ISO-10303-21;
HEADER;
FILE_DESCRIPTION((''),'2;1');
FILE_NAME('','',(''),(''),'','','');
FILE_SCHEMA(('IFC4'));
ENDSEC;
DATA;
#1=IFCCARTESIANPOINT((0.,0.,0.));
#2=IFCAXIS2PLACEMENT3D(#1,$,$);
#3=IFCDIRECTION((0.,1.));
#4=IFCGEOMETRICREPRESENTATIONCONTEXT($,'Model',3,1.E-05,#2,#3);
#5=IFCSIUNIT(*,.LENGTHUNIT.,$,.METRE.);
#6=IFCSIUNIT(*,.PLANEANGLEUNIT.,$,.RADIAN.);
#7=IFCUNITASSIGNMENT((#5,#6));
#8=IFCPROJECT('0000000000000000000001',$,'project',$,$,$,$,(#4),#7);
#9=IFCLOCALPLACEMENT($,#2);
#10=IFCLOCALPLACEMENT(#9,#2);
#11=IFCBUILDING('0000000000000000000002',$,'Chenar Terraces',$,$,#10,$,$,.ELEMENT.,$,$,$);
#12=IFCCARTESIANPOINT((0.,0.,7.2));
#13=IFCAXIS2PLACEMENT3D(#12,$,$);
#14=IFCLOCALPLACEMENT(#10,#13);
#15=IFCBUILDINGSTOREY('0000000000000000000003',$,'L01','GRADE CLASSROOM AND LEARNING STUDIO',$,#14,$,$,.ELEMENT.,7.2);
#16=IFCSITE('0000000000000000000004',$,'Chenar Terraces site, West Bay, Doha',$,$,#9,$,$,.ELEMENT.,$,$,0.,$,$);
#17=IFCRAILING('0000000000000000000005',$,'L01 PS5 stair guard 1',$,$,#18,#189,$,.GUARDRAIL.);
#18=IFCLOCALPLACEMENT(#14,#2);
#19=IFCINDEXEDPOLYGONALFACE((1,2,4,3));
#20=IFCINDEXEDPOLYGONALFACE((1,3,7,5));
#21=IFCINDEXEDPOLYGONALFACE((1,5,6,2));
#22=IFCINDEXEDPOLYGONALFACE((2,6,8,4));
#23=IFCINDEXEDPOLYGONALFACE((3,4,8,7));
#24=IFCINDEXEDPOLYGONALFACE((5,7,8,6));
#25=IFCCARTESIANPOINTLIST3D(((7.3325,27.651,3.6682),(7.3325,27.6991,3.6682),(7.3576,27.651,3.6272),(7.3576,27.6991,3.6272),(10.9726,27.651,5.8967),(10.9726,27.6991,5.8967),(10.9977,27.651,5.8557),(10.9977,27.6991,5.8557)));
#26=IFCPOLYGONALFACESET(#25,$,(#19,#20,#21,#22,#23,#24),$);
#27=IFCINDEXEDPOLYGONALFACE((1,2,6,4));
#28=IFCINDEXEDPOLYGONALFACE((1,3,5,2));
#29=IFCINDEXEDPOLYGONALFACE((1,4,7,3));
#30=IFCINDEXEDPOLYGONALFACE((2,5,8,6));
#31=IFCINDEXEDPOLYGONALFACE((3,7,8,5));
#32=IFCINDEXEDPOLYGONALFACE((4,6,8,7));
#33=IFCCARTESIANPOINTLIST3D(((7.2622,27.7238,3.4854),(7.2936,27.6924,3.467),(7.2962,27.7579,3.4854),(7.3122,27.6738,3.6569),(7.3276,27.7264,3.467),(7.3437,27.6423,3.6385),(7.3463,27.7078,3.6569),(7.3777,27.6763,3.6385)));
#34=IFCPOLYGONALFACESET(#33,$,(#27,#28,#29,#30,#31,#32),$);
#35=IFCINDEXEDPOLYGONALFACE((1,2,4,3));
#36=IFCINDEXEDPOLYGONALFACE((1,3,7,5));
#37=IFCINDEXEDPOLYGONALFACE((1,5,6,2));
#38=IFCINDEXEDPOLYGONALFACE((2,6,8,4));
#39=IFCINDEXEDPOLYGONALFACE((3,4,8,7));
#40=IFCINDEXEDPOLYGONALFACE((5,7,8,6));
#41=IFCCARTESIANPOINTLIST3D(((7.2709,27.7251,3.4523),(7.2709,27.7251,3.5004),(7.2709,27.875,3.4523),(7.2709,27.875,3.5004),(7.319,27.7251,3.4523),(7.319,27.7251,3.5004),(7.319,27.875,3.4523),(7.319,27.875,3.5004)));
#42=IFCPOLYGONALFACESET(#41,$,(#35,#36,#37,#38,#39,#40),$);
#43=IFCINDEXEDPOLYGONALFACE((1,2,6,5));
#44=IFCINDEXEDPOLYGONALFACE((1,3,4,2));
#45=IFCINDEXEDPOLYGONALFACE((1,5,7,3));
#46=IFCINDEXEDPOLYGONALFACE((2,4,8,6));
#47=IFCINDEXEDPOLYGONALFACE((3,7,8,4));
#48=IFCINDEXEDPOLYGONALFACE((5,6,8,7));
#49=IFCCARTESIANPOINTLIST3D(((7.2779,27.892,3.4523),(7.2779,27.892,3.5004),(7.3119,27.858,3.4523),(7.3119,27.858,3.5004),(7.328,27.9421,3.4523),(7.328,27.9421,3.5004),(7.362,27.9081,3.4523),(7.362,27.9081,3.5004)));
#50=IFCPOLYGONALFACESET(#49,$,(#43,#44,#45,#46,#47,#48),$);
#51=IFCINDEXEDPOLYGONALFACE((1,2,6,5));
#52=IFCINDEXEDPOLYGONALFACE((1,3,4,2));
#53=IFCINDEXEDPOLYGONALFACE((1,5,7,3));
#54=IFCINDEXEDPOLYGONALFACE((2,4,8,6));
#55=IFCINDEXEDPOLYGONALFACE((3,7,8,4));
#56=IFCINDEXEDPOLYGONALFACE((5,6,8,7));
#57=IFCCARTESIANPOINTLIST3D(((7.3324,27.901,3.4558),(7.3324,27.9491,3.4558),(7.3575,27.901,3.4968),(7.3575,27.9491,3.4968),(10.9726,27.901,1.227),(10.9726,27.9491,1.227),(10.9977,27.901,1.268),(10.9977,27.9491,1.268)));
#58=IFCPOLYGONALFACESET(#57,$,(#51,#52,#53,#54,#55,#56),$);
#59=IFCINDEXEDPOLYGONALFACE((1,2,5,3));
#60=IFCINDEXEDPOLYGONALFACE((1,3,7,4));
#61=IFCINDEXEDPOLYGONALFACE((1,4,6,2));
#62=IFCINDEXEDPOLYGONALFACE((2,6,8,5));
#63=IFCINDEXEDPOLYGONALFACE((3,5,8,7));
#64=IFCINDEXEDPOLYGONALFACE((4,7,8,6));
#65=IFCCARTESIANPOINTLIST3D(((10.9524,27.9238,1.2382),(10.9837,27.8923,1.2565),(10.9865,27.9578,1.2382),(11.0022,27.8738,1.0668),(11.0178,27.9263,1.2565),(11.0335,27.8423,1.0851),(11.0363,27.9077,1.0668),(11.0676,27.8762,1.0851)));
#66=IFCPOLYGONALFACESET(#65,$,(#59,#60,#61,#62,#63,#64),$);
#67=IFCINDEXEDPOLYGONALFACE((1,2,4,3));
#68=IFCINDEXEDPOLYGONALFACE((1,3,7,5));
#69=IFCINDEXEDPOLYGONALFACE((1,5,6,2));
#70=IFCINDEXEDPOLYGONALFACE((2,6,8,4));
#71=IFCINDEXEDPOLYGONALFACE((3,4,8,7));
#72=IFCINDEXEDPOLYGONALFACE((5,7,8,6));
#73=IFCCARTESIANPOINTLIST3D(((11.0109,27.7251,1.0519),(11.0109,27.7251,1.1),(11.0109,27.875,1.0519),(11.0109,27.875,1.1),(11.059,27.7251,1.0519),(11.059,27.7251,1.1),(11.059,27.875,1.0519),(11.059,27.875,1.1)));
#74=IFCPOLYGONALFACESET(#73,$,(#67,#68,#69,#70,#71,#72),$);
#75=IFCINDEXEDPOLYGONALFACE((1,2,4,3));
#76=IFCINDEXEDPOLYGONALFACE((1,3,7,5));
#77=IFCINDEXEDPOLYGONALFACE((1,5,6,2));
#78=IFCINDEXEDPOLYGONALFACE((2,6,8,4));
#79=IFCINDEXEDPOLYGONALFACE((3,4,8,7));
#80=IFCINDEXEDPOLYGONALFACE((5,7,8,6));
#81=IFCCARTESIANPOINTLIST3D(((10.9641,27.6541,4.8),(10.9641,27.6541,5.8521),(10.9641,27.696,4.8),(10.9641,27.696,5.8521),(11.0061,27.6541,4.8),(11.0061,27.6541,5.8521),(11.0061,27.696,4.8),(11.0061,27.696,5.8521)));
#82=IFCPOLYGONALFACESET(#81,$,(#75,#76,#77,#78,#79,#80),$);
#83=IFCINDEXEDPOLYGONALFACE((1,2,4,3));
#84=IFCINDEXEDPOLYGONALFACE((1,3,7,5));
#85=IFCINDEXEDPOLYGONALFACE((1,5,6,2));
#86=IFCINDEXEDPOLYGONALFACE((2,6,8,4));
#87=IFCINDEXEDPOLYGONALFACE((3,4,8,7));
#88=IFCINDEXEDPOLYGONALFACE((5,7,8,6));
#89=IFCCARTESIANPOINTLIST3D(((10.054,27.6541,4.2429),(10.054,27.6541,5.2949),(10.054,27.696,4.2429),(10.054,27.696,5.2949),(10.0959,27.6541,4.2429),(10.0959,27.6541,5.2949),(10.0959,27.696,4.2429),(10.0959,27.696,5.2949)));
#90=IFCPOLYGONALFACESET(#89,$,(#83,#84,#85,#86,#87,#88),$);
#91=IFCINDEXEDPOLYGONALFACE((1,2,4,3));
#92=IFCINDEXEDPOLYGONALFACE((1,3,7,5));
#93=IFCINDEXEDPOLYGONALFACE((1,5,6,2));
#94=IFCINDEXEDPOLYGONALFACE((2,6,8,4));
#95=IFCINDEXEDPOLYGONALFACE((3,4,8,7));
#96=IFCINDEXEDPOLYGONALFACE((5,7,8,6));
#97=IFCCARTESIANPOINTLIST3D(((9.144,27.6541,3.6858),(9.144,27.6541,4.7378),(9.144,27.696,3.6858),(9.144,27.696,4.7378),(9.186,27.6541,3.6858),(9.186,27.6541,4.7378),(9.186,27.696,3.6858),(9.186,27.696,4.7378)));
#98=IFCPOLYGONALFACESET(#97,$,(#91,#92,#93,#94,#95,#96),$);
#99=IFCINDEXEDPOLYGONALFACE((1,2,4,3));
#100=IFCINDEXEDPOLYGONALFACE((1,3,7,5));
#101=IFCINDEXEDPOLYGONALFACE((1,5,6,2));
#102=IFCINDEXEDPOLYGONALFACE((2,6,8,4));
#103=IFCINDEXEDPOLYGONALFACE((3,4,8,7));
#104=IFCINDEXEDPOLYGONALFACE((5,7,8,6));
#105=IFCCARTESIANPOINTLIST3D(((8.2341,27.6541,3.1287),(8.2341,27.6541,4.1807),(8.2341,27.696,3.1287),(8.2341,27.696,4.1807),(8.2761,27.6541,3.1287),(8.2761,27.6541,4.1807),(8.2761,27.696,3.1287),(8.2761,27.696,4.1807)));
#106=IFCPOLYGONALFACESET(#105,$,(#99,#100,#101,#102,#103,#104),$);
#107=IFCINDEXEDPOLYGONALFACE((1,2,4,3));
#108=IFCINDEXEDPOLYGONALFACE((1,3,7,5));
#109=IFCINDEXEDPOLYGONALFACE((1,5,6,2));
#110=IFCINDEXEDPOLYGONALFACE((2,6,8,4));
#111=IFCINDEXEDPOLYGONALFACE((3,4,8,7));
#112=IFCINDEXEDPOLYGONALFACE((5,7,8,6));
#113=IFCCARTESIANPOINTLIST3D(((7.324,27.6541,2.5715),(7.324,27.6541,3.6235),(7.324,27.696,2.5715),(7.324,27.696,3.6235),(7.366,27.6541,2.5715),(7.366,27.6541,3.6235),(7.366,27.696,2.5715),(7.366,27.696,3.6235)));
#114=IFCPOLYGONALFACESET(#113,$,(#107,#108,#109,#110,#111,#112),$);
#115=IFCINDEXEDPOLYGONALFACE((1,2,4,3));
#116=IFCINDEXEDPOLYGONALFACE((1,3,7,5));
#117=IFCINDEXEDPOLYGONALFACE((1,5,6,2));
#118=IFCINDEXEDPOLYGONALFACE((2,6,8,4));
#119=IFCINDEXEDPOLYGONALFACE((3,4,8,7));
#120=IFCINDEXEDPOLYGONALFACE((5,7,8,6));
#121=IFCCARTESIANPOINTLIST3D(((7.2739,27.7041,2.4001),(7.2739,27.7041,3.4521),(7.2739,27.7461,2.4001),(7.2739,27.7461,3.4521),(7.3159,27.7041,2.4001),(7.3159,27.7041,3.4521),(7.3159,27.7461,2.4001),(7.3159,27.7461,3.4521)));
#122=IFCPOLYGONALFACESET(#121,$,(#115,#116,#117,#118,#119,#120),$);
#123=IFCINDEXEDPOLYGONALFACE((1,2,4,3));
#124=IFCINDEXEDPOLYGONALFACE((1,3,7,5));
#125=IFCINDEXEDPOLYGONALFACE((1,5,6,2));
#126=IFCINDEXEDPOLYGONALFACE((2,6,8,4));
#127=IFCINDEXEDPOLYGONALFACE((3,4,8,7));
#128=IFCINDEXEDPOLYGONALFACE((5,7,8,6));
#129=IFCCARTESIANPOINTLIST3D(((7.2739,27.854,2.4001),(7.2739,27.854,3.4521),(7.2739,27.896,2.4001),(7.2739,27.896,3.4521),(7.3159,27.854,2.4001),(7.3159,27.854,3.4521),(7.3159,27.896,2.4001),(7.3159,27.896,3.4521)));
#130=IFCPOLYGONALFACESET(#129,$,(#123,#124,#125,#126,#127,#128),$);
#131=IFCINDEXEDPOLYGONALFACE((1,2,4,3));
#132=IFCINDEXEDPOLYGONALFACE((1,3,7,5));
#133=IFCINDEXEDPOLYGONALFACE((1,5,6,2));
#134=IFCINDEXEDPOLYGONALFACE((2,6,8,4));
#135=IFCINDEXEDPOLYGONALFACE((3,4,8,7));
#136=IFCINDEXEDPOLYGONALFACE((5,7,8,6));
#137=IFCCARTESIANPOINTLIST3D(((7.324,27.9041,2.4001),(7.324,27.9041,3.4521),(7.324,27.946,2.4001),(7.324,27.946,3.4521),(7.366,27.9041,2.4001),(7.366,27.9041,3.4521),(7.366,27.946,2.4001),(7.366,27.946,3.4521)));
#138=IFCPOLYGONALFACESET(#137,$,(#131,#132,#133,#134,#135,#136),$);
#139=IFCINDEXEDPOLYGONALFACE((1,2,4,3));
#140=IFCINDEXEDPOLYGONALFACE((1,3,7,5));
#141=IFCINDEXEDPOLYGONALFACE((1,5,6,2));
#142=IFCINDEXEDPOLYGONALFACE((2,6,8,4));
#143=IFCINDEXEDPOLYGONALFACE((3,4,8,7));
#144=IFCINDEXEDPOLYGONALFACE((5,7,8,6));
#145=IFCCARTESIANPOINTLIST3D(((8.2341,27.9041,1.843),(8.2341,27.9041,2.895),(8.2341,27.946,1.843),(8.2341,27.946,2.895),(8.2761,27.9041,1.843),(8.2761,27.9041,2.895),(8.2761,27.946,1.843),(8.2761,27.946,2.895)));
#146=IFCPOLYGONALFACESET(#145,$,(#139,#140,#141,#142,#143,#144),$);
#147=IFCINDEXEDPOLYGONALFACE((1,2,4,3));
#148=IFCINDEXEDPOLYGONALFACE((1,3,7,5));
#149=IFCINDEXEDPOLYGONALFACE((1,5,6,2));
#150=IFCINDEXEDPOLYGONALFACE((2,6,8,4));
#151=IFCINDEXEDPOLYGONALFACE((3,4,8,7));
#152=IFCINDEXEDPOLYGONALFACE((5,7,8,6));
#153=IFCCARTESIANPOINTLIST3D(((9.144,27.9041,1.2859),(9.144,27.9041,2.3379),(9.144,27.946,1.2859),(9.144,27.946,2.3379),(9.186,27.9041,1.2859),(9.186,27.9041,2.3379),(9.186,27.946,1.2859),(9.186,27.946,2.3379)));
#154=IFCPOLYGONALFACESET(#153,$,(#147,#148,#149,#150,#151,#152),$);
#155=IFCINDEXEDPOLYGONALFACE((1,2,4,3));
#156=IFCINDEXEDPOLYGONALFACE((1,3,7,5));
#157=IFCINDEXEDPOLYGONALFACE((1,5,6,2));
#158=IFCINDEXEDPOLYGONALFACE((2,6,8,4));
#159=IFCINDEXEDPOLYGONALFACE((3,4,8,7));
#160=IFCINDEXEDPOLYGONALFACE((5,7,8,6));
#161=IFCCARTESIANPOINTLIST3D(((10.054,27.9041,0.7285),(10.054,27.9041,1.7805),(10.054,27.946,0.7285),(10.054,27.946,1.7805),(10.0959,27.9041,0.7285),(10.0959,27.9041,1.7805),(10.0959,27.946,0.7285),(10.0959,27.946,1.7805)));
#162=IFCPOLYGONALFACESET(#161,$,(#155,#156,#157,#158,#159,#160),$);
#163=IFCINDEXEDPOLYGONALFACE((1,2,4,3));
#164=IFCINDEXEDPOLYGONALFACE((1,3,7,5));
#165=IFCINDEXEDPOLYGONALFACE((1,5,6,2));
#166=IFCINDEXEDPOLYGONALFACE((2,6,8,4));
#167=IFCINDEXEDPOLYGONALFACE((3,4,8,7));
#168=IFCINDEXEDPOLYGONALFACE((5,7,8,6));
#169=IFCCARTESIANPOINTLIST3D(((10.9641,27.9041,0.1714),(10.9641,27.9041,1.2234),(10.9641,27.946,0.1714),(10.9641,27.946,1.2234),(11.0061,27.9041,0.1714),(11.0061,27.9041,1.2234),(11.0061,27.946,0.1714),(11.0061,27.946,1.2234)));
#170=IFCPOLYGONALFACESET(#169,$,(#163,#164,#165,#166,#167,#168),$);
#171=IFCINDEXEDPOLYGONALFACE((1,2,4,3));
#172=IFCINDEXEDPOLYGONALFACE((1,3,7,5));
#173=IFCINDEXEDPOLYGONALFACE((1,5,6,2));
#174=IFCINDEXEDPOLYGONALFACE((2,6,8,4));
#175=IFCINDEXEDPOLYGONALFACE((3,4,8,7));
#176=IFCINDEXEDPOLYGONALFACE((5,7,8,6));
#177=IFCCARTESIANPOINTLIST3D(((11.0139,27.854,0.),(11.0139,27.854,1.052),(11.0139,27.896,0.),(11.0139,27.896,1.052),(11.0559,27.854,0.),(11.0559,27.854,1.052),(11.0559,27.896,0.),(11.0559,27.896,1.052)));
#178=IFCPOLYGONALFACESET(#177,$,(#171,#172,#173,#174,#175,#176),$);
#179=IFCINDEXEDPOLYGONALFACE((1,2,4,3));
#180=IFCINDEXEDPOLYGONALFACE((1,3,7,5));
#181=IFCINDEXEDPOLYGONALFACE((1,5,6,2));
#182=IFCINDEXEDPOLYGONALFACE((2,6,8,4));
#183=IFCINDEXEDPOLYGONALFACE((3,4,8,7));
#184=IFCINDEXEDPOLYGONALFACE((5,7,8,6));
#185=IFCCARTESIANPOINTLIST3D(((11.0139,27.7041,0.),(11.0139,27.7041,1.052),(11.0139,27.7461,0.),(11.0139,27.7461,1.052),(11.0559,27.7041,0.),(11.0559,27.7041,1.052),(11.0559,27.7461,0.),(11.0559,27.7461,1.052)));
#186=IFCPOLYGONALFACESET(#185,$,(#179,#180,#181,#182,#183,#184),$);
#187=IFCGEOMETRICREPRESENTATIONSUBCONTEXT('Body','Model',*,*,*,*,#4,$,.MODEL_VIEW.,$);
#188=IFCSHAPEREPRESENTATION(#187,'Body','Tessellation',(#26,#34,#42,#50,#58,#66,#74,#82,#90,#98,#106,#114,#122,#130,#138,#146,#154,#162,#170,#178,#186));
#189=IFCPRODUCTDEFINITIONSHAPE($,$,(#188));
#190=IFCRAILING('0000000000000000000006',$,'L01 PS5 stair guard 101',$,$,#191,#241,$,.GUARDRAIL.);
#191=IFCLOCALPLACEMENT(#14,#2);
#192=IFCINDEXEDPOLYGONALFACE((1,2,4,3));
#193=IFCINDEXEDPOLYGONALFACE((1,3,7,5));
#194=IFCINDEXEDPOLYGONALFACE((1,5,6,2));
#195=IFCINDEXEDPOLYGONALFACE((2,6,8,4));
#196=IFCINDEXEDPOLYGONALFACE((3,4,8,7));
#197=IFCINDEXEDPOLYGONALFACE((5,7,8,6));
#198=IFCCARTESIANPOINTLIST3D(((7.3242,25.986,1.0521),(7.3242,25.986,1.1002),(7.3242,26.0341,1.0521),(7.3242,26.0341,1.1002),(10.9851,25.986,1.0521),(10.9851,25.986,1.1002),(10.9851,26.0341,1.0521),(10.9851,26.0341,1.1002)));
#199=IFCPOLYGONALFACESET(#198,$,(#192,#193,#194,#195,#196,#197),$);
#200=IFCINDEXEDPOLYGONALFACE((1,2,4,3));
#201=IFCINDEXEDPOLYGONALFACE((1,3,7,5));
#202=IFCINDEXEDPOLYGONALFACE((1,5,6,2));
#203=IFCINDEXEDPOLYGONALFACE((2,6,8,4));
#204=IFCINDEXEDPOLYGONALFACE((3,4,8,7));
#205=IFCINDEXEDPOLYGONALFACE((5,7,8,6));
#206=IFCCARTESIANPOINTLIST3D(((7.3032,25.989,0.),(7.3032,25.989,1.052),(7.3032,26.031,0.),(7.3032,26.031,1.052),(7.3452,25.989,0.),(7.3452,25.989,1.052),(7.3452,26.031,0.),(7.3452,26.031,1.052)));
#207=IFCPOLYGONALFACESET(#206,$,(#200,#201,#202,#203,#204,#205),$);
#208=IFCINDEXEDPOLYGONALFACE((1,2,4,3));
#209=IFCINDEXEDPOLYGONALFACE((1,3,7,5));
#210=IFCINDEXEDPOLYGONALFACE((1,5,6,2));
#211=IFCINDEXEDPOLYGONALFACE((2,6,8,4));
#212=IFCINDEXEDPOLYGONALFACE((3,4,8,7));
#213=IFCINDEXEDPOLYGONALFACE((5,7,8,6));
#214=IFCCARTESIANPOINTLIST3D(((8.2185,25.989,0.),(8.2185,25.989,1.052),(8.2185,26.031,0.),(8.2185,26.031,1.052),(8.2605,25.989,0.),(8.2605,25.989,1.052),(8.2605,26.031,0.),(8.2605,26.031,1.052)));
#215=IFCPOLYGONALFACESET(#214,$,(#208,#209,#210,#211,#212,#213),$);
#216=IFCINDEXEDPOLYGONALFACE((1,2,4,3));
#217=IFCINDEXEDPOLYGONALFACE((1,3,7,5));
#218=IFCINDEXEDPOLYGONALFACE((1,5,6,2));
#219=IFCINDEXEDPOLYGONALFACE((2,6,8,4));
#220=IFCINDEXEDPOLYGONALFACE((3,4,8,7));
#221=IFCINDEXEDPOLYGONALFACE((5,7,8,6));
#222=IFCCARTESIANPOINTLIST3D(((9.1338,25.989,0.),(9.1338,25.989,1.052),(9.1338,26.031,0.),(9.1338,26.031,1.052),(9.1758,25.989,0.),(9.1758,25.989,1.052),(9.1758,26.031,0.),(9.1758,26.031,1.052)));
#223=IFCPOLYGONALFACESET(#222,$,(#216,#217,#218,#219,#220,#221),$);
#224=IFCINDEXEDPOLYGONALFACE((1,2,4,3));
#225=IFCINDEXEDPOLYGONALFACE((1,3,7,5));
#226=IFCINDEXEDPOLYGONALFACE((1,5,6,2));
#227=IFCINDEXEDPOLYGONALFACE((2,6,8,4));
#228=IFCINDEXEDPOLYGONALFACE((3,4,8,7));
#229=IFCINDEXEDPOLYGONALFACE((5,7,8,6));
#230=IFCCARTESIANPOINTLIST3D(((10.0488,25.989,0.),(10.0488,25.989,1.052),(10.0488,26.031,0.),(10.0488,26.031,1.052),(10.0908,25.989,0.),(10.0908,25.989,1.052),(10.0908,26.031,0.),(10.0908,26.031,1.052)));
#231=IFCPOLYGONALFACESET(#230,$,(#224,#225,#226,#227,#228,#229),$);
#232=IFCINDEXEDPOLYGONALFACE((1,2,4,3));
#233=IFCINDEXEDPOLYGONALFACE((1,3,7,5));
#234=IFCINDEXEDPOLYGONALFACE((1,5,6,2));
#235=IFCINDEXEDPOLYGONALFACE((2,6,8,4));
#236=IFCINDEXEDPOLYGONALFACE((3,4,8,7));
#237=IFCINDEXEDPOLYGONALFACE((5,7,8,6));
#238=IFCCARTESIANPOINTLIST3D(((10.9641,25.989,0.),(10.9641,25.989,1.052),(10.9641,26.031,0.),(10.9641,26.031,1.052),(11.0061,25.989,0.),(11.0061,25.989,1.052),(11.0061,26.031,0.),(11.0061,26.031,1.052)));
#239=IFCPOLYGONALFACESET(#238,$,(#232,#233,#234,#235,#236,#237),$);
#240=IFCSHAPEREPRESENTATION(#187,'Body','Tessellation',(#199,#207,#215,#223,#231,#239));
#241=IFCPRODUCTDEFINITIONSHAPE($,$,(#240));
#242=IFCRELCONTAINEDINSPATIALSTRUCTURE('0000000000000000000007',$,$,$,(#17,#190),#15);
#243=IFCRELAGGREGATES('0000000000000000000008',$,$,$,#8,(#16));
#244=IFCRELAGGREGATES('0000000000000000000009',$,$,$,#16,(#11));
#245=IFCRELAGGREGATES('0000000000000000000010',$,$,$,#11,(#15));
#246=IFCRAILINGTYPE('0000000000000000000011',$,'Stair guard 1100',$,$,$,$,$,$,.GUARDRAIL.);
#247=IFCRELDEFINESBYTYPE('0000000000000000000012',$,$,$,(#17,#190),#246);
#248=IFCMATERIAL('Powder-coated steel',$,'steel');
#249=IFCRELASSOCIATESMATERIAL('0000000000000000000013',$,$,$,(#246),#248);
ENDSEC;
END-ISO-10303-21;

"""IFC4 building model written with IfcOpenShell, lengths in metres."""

from ifc_helpers import new_model, si_unit, direction, frame, origin, origin_2d, place, context, subcontext, project, spatial, rectangle, extrude, material, type_object, element, save


model = new_model("IFC4")

# Units and contexts
model_context = context("Model", 3, precision=1e-05, world=origin(), true_north=direction((0.0, 1.0)))
body_context = subcontext(model_context, "Body", "Model", "MODEL_VIEW")
ifc_project = project(units=[si_unit("LENGTHUNIT", "METRE"), si_unit("PLANEANGLEUNIT", "RADIAN")], contexts=[model_context])

# Site, building, storey
site_placement = place(None, origin())
site = spatial("IfcSite", under=ifc_project, at=site_placement, Name="Chenar Terraces site, West Bay, Doha", CompositionType="ELEMENT", RefElevation=0.0)
building_placement = place(site_placement, origin())
building = spatial("IfcBuilding", under=site, at=building_placement, Name="Chenar Terraces", CompositionType="ELEMENT")
storey_placement = place(building_placement, frame((0.0, 0.0, 7.2)))
storey = spatial("IfcBuildingStorey", under=building, at=storey_placement, Name="L01", Description="GRADE CLASSROOM AND LEARNING STUDIO", CompositionType="ELEMENT", Elevation=7.2)

# Railings
ifc_material_1 = material(Name="Powder-coated steel", Category="steel")
railing_type_1 = type_object("IfcRailingType", Name="Stair guard 1100", PredefinedType="GUARDRAIL", material=ifc_material_1)
railing_1_placement = place(storey_placement, frame((10.9851, 27.675, 4.8)))
element("IfcRailing", 1, at=railing_1_placement, inside=storey, type_object=railing_type_1, Name="L01 PS5 stair guard 1", PredefinedType="GUARDRAIL", context=body_context, shape_type="SweptSolid", body=[
    extrude(rectangle(XDim=0.0481, YDim=0.0481, at=origin_2d()), frame((0.0, 0.0, 1.0762), z_axis=(-0.852866, 0.0, -0.52213), x_axis=(0.0, -1.0, 0.0)), (0.0, 0.0, 1.0), 4.2681),
    extrude(rectangle(XDim=0.0481, YDim=0.0481, at=origin_2d()), frame((-3.6401, 0.0, -1.1523), z_axis=(-0.269911, 0.269911, -0.924281), x_axis=(-0.707107, -0.707107, 0.0)), (0.0, 0.0, 1.0), 0.1855),
    extrude(rectangle(XDim=0.0481, YDim=0.0481, at=origin_2d()), frame((-3.6902, 0.05, -1.3237), z_axis=(0.0, 1.0, 0.0), x_axis=(-1.0, 0.0, 0.0)), (0.0, 0.0, 1.0), 0.1499),
    extrude(rectangle(XDim=0.0481, YDim=0.0481, at=origin_2d()), frame((-3.6902, 0.2, -1.3237), z_axis=(0.707107, 0.707107, 0.0), x_axis=(-0.707107, 0.707107, 0.0)), (0.0, 0.0, 1.0), 0.0708),
    extrude(rectangle(XDim=0.0481, YDim=0.0481, at=origin_2d()), frame((-3.6401, 0.25, -1.3237), z_axis=(0.85284, 0.0, -0.522172), x_axis=(0.0, 1.0, 0.0)), (0.0, 0.0, 1.0), 4.2683),
    extrude(rectangle(XDim=0.0481, YDim=0.0481, at=origin_2d()), frame((0.0, 0.25, -3.5527), z_axis=(0.26869, -0.270007, -0.924609), x_axis=(0.708834, 0.705376, 0.0)), (0.0, 0.0, 1.0), 0.1853),
    extrude(rectangle(XDim=0.0481, YDim=0.0481, at=origin_2d()), frame((0.0498, 0.2, -3.7241), z_axis=(0.0, -1.0, 0.0), x_axis=(1.0, 0.0, 0.0)), (0.0, 0.0, 1.0), 0.1499),
    extrude(rectangle(XDim=0.042, YDim=0.042, at=origin_2d()), origin(), (0.0, 0.0, 1.0), 1.052),
    extrude(rectangle(XDim=0.042, YDim=0.042, at=origin_2d()), frame((-0.9102, 0.0, -0.5571)), (0.0, 0.0, 1.0), 1.052),
    extrude(rectangle(XDim=0.042, YDim=0.042, at=origin_2d()), frame((-1.8201, 0.0, -1.1143)), (0.0, 0.0, 1.0), 1.052),
    extrude(rectangle(XDim=0.042, YDim=0.042, at=origin_2d()), frame((-2.73, 0.0, -1.6714)), (0.0, 0.0, 1.0), 1.052),
    extrude(rectangle(XDim=0.042, YDim=0.042, at=origin_2d()), frame((-3.6401, 0.0, -2.2285)), (0.0, 0.0, 1.0), 1.052),
    extrude(rectangle(XDim=0.042, YDim=0.042, at=origin_2d()), frame((-3.6902, 0.05, -2.3999)), (0.0, 0.0, 1.0), 1.052),
    extrude(rectangle(XDim=0.042, YDim=0.042, at=origin_2d()), frame((-3.6902, 0.2, -2.3999)), (0.0, 0.0, 1.0), 1.052),
    extrude(rectangle(XDim=0.042, YDim=0.042, at=origin_2d()), frame((-3.6401, 0.25, -2.3999)), (0.0, 0.0, 1.0), 1.052),
    extrude(rectangle(XDim=0.042, YDim=0.042, at=origin_2d()), frame((-2.73, 0.25, -2.957)), (0.0, 0.0, 1.0), 1.052),
    extrude(rectangle(XDim=0.042, YDim=0.042, at=origin_2d()), frame((-1.8201, 0.25, -3.5142)), (0.0, 0.0, 1.0), 1.052),
    extrude(rectangle(XDim=0.042, YDim=0.042, at=origin_2d()), frame((-0.9102, 0.25, -4.0715)), (0.0, 0.0, 1.0), 1.052),
    extrude(rectangle(XDim=0.042, YDim=0.042, at=origin_2d()), frame((0.0, 0.25, -4.6287)), (0.0, 0.0, 1.0), 1.052),
    extrude(rectangle(XDim=0.042, YDim=0.042, at=origin_2d()), frame((0.0498, 0.2, -4.8)), (0.0, 0.0, 1.0), 1.052),
    extrude(rectangle(XDim=0.042, YDim=0.042, at=origin_2d()), frame((0.0498, 0.05, -4.8)), (0.0, 0.0, 1.0), 1.052),
])
railing_2_placement = place(storey_placement, frame((7.3242, 26.01, 0.0)))
element("IfcRailing", 2, at=railing_2_placement, inside=storey, type_object=railing_type_1, Name="L01 PS5 stair guard 101", PredefinedType="GUARDRAIL", context=body_context, shape_type="SweptSolid", body=[
    extrude(rectangle(XDim=0.0481, YDim=0.0481, at=origin_2d()), frame((0.0, 0.0, 1.0762), z_axis=(1.0, 0.0, 0.0), x_axis=(0.0, 1.0, 0.0)), (0.0, 0.0, 1.0), 3.6609),
    extrude(rectangle(XDim=0.042, YDim=0.042, at=origin_2d()), origin(), (0.0, 0.0, 1.0), 1.052),
    extrude(rectangle(XDim=0.042, YDim=0.042, at=origin_2d()), frame((0.9153, 0.0, 0.0)), (0.0, 0.0, 1.0), 1.052),
    extrude(rectangle(XDim=0.042, YDim=0.042, at=origin_2d()), frame((1.8306, 0.0, 0.0)), (0.0, 0.0, 1.0), 1.052),
    extrude(rectangle(XDim=0.042, YDim=0.042, at=origin_2d()), frame((2.7456, 0.0, 0.0)), (0.0, 0.0, 1.0), 1.052),
    extrude(rectangle(XDim=0.042, YDim=0.042, at=origin_2d()), frame((3.6609, 0.0, 0.0)), (0.0, 0.0, 1.0), 1.052),
])

save(model, "model.ifc")
